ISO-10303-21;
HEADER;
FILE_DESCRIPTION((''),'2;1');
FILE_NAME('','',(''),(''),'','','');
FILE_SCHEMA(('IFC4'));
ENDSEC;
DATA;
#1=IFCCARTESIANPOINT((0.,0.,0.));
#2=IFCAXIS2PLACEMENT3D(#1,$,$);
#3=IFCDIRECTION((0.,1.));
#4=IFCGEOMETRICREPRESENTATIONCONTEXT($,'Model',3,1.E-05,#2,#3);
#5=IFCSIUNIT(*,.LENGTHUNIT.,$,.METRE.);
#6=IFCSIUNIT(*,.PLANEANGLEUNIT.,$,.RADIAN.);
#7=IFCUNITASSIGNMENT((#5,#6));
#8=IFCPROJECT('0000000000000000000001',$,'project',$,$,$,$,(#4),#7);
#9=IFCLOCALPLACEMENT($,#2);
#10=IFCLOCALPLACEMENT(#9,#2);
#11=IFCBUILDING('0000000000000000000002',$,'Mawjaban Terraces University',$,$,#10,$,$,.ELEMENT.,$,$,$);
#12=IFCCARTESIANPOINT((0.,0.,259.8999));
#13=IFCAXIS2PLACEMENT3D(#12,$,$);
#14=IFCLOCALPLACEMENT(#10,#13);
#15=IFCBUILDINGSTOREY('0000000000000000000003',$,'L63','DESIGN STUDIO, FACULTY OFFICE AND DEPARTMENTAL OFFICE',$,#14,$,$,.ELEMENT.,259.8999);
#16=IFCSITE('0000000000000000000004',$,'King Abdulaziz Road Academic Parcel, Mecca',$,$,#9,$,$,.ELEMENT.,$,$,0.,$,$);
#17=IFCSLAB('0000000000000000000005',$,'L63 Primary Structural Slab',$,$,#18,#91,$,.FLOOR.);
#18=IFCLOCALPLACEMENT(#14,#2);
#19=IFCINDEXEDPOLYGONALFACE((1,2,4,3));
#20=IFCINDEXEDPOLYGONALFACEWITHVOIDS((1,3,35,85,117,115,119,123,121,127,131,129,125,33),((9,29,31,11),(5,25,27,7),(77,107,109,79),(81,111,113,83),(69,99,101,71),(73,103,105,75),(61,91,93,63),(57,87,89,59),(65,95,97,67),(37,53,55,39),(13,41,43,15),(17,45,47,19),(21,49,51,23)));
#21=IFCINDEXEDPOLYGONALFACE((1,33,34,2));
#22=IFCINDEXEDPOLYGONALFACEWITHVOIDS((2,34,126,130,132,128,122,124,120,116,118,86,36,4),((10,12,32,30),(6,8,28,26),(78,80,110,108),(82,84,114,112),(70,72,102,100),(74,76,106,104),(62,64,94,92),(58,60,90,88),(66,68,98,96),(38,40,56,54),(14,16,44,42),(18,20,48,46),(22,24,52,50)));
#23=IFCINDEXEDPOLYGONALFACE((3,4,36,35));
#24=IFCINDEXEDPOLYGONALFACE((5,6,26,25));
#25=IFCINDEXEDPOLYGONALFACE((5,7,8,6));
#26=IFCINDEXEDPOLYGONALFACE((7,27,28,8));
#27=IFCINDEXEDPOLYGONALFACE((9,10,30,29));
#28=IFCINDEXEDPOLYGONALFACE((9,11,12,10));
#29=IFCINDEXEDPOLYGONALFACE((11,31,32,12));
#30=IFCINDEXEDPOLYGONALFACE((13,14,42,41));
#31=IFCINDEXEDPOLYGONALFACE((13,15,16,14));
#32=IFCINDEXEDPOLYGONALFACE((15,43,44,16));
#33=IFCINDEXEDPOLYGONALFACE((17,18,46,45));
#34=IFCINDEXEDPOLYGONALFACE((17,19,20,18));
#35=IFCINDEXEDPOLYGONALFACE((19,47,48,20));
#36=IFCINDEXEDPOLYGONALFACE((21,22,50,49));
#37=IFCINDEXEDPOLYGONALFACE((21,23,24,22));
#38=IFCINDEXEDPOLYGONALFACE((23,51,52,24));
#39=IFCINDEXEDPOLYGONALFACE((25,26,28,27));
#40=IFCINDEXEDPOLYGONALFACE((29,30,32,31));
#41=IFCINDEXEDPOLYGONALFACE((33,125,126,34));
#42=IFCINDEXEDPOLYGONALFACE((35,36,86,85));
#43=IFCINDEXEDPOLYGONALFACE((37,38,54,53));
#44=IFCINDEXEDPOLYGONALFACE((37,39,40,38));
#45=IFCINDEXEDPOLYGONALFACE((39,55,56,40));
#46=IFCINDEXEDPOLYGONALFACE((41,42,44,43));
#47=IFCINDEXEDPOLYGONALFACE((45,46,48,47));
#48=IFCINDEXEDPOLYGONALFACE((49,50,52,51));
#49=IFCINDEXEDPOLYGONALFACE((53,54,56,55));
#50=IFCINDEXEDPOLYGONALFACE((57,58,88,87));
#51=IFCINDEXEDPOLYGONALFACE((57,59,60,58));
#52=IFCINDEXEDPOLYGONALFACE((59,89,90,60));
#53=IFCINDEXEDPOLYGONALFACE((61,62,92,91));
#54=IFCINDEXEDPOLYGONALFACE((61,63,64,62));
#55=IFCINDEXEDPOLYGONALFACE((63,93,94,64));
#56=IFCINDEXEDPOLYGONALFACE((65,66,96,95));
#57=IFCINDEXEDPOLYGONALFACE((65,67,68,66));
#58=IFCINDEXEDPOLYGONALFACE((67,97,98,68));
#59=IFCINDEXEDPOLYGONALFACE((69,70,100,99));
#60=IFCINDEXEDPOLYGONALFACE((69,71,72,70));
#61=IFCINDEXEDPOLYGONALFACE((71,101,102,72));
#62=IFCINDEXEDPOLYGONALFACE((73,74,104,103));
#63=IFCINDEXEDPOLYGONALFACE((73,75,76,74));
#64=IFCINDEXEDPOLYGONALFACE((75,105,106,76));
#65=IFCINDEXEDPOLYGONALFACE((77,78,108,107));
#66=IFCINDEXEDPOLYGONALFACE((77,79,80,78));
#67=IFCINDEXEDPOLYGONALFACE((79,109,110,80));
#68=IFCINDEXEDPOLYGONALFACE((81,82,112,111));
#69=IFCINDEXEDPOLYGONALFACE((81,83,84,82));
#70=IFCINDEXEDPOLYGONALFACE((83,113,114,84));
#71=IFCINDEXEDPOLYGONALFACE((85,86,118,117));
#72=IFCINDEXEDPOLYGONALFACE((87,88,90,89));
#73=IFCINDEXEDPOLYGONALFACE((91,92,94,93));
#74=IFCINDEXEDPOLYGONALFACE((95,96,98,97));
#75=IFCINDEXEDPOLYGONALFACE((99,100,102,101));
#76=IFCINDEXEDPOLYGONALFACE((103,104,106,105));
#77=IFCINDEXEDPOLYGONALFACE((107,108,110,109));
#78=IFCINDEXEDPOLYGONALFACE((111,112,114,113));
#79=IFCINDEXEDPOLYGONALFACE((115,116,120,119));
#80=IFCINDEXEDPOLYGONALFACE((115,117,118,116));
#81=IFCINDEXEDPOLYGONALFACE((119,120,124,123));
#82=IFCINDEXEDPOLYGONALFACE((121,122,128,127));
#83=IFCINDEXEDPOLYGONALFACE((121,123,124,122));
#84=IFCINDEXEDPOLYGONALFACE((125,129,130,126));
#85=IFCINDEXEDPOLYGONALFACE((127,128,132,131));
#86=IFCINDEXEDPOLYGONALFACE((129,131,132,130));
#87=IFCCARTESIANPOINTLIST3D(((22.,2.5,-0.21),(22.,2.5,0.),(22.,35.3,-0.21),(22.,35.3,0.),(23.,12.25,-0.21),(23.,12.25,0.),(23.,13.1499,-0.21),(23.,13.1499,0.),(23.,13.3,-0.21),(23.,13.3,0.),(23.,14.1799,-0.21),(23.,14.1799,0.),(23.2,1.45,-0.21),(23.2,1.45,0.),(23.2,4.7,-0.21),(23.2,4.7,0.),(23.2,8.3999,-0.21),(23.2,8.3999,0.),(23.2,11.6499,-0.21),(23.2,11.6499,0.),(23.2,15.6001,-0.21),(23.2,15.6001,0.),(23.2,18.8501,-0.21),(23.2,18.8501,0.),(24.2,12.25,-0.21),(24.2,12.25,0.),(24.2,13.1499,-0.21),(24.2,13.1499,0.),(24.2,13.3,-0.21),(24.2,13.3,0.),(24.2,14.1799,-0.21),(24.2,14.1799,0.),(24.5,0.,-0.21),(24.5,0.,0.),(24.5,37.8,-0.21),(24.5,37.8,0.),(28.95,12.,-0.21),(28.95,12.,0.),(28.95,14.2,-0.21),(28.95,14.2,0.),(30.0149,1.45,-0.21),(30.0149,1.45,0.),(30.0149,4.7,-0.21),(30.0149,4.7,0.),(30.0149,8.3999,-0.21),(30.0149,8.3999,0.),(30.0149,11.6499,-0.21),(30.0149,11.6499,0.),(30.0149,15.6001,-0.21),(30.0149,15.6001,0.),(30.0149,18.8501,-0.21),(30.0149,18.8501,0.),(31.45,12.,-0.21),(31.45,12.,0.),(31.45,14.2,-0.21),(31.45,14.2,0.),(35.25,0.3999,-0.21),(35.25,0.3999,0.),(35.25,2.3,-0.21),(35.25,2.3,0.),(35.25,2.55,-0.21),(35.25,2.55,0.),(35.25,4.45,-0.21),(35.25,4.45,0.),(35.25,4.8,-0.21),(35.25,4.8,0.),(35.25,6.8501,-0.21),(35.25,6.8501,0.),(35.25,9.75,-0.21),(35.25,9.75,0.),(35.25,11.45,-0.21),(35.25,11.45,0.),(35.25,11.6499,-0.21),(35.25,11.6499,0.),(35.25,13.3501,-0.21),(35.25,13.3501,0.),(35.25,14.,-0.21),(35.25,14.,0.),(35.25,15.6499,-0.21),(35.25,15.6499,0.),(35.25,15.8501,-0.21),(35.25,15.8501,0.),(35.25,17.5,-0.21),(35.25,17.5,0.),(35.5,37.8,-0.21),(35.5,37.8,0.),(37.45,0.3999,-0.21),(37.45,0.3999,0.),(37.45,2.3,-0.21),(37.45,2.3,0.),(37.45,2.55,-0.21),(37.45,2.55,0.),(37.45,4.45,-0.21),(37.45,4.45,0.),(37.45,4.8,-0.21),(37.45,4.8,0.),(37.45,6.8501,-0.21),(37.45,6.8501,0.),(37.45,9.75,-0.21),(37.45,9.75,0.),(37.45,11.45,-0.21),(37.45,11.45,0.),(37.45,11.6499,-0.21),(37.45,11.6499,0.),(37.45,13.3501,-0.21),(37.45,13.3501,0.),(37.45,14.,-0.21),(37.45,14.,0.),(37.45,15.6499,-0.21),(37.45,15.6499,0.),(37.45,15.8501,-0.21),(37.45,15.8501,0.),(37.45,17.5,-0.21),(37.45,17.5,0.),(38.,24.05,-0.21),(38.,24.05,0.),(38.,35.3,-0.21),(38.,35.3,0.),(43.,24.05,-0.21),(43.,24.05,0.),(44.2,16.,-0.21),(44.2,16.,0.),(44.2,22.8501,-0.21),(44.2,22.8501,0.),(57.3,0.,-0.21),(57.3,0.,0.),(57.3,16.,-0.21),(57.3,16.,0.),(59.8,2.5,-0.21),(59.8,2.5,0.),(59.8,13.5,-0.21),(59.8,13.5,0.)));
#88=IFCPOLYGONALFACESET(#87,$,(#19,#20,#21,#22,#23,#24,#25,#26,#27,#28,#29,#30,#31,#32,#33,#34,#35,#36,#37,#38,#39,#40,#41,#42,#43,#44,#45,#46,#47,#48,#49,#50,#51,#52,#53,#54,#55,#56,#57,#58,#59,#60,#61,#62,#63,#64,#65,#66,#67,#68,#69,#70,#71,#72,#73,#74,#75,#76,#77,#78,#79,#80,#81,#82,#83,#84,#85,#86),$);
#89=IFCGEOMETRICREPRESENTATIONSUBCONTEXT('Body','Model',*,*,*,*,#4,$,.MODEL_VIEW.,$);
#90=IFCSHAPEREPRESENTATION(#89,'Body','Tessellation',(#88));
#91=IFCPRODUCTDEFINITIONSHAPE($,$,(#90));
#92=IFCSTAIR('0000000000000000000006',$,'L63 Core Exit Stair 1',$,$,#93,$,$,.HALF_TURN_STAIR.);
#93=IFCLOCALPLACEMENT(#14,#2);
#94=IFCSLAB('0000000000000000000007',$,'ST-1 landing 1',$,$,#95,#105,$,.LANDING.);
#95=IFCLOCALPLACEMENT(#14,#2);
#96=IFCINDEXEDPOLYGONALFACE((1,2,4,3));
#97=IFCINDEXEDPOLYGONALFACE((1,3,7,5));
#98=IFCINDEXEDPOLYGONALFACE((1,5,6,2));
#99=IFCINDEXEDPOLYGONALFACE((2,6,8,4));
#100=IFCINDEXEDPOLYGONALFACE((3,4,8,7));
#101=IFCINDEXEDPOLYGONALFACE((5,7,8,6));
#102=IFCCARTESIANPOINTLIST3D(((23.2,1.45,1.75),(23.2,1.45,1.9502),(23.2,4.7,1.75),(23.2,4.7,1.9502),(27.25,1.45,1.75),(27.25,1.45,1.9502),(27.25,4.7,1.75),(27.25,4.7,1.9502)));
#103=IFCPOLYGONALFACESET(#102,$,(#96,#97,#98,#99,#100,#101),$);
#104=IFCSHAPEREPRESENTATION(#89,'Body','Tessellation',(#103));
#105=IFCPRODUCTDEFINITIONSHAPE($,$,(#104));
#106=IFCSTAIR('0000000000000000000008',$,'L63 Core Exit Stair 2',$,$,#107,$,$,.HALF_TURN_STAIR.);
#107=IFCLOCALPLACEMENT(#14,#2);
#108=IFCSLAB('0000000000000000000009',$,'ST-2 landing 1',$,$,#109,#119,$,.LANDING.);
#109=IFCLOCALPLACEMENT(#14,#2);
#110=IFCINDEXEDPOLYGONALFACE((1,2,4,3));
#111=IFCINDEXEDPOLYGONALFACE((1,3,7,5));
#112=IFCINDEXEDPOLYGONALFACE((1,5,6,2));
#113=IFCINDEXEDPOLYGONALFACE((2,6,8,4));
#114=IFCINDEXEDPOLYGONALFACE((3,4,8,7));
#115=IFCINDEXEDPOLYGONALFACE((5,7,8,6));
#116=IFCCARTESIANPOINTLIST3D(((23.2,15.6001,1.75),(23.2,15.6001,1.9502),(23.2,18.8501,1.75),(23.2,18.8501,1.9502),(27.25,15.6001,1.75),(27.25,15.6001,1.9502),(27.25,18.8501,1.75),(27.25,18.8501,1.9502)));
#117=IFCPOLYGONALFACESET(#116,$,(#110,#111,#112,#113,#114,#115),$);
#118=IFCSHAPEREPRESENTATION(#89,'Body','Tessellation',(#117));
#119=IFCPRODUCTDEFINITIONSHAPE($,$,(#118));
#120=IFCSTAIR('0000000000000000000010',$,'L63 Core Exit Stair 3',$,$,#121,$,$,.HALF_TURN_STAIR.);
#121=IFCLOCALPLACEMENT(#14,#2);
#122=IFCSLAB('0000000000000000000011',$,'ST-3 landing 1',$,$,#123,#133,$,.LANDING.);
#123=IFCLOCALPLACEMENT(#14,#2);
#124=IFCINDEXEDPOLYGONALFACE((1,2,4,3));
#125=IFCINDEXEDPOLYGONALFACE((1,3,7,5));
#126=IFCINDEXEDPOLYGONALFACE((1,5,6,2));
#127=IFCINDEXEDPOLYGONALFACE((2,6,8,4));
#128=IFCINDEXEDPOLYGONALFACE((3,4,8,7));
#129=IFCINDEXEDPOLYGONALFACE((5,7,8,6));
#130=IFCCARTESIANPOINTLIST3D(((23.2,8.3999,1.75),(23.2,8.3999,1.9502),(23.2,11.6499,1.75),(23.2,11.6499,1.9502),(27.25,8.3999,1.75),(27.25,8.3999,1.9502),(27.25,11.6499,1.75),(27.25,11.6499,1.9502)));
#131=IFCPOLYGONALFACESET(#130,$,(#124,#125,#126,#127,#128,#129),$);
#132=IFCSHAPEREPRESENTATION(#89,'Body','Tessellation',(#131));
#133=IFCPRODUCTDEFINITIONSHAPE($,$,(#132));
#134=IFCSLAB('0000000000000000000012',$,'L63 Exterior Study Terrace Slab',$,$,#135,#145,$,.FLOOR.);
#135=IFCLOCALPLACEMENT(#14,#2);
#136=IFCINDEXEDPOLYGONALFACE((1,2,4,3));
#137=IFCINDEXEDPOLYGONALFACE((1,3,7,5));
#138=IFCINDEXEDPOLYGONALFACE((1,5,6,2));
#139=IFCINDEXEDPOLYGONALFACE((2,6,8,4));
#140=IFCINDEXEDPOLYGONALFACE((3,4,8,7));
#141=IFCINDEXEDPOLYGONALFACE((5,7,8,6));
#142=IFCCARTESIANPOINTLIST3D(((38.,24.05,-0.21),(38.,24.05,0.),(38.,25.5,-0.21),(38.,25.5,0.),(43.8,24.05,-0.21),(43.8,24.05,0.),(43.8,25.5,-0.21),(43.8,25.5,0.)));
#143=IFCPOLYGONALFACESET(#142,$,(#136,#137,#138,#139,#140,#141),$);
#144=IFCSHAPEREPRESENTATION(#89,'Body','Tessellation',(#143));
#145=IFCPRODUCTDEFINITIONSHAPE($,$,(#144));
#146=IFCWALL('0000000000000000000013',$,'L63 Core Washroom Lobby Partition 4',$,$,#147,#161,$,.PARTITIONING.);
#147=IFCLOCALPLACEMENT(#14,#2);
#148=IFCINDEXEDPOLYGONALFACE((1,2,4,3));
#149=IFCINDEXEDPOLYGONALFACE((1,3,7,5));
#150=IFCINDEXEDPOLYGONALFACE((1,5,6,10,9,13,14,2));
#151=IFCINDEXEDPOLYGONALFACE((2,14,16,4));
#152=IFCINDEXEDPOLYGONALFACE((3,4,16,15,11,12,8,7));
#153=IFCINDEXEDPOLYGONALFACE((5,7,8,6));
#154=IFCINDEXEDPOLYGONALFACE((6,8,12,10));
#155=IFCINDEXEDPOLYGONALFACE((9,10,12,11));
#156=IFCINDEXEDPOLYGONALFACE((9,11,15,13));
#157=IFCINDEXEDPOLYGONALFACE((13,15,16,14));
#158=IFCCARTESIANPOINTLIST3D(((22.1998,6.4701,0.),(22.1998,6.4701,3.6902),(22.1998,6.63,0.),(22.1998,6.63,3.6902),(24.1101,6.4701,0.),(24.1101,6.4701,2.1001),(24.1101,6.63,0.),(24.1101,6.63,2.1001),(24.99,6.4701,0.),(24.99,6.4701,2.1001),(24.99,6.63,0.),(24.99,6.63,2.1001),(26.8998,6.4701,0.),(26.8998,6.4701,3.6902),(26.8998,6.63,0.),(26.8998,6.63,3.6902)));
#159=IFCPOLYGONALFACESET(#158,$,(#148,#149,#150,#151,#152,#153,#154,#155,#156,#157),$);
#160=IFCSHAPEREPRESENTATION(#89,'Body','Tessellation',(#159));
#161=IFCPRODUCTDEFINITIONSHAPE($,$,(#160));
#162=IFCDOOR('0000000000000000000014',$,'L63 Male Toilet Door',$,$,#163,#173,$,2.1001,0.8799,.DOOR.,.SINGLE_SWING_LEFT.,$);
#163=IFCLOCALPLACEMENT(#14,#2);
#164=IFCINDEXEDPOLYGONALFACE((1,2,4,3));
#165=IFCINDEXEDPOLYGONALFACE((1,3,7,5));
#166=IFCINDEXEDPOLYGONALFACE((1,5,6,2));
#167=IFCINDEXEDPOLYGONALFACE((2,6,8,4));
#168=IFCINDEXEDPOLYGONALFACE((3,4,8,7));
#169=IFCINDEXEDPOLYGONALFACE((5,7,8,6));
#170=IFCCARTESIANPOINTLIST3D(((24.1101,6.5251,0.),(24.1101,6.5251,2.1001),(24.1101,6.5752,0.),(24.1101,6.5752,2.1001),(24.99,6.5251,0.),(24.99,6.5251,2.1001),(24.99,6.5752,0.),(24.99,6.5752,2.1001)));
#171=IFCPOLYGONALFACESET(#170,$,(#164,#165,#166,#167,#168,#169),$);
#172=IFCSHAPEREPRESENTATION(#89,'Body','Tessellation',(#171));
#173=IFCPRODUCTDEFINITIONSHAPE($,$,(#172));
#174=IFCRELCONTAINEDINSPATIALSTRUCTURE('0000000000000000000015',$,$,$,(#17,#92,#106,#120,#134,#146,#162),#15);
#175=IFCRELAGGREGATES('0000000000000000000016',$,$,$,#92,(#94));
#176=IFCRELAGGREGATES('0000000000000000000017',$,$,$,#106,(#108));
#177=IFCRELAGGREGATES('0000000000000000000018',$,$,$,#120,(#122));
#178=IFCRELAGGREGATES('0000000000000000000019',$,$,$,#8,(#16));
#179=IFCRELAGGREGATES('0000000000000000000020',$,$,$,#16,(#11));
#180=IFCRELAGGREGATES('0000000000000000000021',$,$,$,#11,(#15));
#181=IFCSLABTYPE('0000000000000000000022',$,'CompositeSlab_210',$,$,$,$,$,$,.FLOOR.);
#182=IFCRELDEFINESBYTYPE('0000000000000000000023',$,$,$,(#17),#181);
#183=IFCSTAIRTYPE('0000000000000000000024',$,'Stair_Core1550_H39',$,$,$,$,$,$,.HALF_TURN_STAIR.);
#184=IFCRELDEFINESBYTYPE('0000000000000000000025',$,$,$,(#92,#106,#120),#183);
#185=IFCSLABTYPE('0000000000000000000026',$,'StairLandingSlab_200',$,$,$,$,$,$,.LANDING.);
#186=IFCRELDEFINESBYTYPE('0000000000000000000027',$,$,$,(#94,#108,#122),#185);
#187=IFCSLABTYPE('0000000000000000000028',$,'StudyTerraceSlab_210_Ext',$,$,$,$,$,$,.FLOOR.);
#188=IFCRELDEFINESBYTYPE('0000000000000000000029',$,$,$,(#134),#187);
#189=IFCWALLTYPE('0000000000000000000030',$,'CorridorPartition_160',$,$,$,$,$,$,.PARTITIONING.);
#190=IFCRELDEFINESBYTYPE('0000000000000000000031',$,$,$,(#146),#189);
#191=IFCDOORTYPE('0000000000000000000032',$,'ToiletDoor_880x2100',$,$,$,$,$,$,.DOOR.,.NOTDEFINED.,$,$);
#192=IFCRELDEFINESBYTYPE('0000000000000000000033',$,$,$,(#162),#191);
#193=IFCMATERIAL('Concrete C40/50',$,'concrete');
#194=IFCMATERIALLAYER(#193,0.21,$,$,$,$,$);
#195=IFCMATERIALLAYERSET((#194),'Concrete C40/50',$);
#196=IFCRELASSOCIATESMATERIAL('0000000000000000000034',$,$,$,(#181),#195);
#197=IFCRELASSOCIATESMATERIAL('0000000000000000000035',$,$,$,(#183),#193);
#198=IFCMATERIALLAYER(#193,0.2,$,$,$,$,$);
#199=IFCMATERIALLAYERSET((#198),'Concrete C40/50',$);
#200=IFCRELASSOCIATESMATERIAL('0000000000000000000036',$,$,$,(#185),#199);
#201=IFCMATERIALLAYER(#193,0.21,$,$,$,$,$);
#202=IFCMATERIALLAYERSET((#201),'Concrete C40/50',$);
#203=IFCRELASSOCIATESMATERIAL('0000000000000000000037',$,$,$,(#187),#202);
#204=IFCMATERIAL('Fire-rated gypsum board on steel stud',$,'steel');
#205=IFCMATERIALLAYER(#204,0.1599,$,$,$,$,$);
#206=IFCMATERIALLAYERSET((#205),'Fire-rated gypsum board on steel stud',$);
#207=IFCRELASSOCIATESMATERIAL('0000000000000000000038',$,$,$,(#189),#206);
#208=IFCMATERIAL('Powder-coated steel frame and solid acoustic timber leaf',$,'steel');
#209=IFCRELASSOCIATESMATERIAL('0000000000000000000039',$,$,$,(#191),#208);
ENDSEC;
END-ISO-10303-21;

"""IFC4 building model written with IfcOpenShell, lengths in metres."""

from ifc_helpers import new_model, si_unit, direction, frame, frame_2d, origin, place, context, subcontext, project, spatial, polyline, rectangle, outline, extrude, material, layer, layer_set, type_object, element, fill, aggregate, save


model = new_model("IFC4")

# Units and contexts
model_context = context("Model", 3, precision=1e-05, world=origin(), true_north=direction((0.0, 1.0)))
body_context = subcontext(model_context, "Body", "Model", "MODEL_VIEW")
ifc_project = project(units=[si_unit("LENGTHUNIT", "METRE"), si_unit("PLANEANGLEUNIT", "RADIAN")], contexts=[model_context])

# Site, building, storey
site_placement = place(None, origin())
site = spatial("IfcSite", under=ifc_project, at=site_placement, Name="King Abdulaziz Road Academic Parcel, Mecca", CompositionType="ELEMENT", RefElevation=0.0)
building_placement = place(site_placement, origin())
building = spatial("IfcBuilding", under=site, at=building_placement, Name="Mawjaban Terraces University", CompositionType="ELEMENT")
storey_placement = place(building_placement, frame((0.0, 0.0, 259.8999)))
storey = spatial("IfcBuildingStorey", under=building, at=storey_placement, Name="L63", Description="DESIGN STUDIO, FACULTY OFFICE AND DEPARTMENTAL OFFICE", CompositionType="ELEMENT", Elevation=259.8999)

# Slab
ifc_material_1 = material(Name="Concrete C40/50", Category="concrete")
ifc_layer_1 = layer(ifc_material_1, 0.21)
ifc_layer_set_1 = layer_set([ifc_layer_1], Name="Concrete C40/50")
slab_type_1 = type_object("IfcSlabType", Name="CompositeSlab_210", PredefinedType="FLOOR", material=ifc_layer_set_1)
slab_1_placement = place(storey_placement, frame((0.0, 0.0, -0.21)))
element("IfcSlab", 1, at=slab_1_placement, inside=storey, type_object=slab_type_1, Name="L63 Primary Structural Slab", PredefinedType="FLOOR", context=body_context, shape_type="SweptSolid", body=[
    extrude(outline(polyline([(24.5, 0.0), (57.3, 0.0), (59.8, 2.5), (59.8, 13.5), (57.3, 16.0), (44.2, 16.0), (44.2, 22.8501), (43.0, 24.05), (38.0, 24.05), (38.0, 35.3), (35.5, 37.8), (24.5, 37.8), (22.0, 35.3), (22.0, 2.5), (24.5, 0.0)]), holes=[polyline([(30.0149, 4.7), (23.2, 4.7), (23.2, 1.45), (30.0149, 1.45), (30.0149, 4.7)]), polyline([(30.0149, 18.8501), (23.2, 18.8501), (23.2, 15.6001), (30.0149, 15.6001), (30.0149, 18.8501)]), polyline([(30.0149, 11.6499), (23.2, 11.6499), (23.2, 8.3999), (30.0149, 8.3999), (30.0149, 11.6499)]), polyline([(35.25, 0.3999), (37.45, 0.3999), (37.45, 2.3), (35.25, 2.3), (35.25, 0.3999)]), polyline([(35.25, 2.55), (37.45, 2.55), (37.45, 4.45), (35.25, 4.45), (35.25, 2.55)]), polyline([(35.25, 4.8), (37.45, 4.8), (37.45, 6.8501), (35.25, 6.8501), (35.25, 4.8)]), polyline([(35.25, 9.75), (37.45, 9.75), (37.45, 11.45), (35.25, 11.45), (35.25, 9.75)]), polyline([(35.25, 11.6499), (37.45, 11.6499), (37.45, 13.3501), (35.25, 13.3501), (35.25, 11.6499)]), polyline([(28.95, 12.0), (31.45, 12.0), (31.45, 14.2), (28.95, 14.2), (28.95, 12.0)]), polyline([(35.25, 14.0), (37.45, 14.0), (37.45, 15.6499), (35.25, 15.6499), (35.25, 14.0)]), polyline([(35.25, 15.8501), (37.45, 15.8501), (37.45, 17.5), (35.25, 17.5), (35.25, 15.8501)]), polyline([(23.0, 12.25), (24.2, 12.25), (24.2, 13.1499), (23.0, 13.1499), (23.0, 12.25)]), polyline([(23.0, 13.3), (24.2, 13.3), (24.2, 14.1799), (23.0, 14.1799), (23.0, 13.3)])]), origin(), (0.0, 0.0, 1.0), 0.21),
])

# Stairs, slabs
stair_type = type_object("IfcStairType", Name="Stair_Core1550_H39", PredefinedType="HALF_TURN_STAIR", material=ifc_material_1)
stair_1_placement = place(storey_placement, origin())
stair_1 = element("IfcStair", 2, at=stair_1_placement, inside=storey, type_object=stair_type, Name="L63 Core Exit Stair 1", PredefinedType="HALF_TURN_STAIR")
ifc_layer_2 = layer(ifc_material_1, 0.2)
ifc_layer_set_2 = layer_set([ifc_layer_2], Name="Concrete C40/50")
slab_type_2 = type_object("IfcSlabType", Name="StairLandingSlab_200", PredefinedType="LANDING", material=ifc_layer_set_2)
slab_2_placement = place(storey_placement, frame((0.0, 0.0, 1.75)))
slab_2 = element("IfcSlab", 3, at=slab_2_placement, type_object=slab_type_2, Name="ST-1 landing 1", PredefinedType="LANDING", context=body_context, shape_type="SweptSolid", body=[
    extrude(outline(polyline([(27.25, 4.7), (23.2, 4.7), (23.2, 1.45), (27.25, 1.45), (27.25, 4.7)])), origin(), (0.0, 0.0, 1.0), 0.2002),
])
aggregate(stair_1, [slab_2])
stair_2_placement = place(storey_placement, origin())
stair_2 = element("IfcStair", 4, at=stair_2_placement, inside=storey, type_object=stair_type, Name="L63 Core Exit Stair 2", PredefinedType="HALF_TURN_STAIR")
slab_3_placement = place(storey_placement, frame((0.0, 0.0, 1.75)))
slab_3 = element("IfcSlab", 5, at=slab_3_placement, type_object=slab_type_2, Name="ST-2 landing 1", PredefinedType="LANDING", context=body_context, shape_type="SweptSolid", body=[
    extrude(outline(polyline([(27.25, 18.8501), (23.2, 18.8501), (23.2, 15.6001), (27.25, 15.6001), (27.25, 18.8501)])), origin(), (0.0, 0.0, 1.0), 0.2002),
])
aggregate(stair_2, [slab_3])
stair_3_placement = place(storey_placement, origin())
stair_3 = element("IfcStair", 6, at=stair_3_placement, inside=storey, type_object=stair_type, Name="L63 Core Exit Stair 3", PredefinedType="HALF_TURN_STAIR")
slab_4_placement = place(storey_placement, frame((0.0, 0.0, 1.75)))
slab_4 = element("IfcSlab", 7, at=slab_4_placement, type_object=slab_type_2, Name="ST-3 landing 1", PredefinedType="LANDING", context=body_context, shape_type="SweptSolid", body=[
    extrude(outline(polyline([(27.25, 11.6499), (23.2, 11.6499), (23.2, 8.3999), (27.25, 8.3999), (27.25, 11.6499)])), origin(), (0.0, 0.0, 1.0), 0.2002),
])
aggregate(stair_3, [slab_4])

# Slab
ifc_layer_3 = layer(ifc_material_1, 0.21)
ifc_layer_set_3 = layer_set([ifc_layer_3], Name="Concrete C40/50")
slab_type_3 = type_object("IfcSlabType", Name="StudyTerraceSlab_210_Ext", PredefinedType="FLOOR", material=ifc_layer_set_3)
slab_5_placement = place(storey_placement, frame((0.0, 0.0, -0.21)))
element("IfcSlab", 8, at=slab_5_placement, inside=storey, type_object=slab_type_3, Name="L63 Exterior Study Terrace Slab", PredefinedType="FLOOR", context=body_context, shape_type="SweptSolid", body=[
    extrude(outline(polyline([(38.0, 24.05), (43.8, 24.05), (43.8, 25.5), (38.0, 25.5), (38.0, 24.05)])), origin(), (0.0, 0.0, 1.0), 0.21),
])

# Wall, opening, door
ifc_material_2 = material(Name="Fire-rated gypsum board on steel stud", Category="steel")
ifc_layer_4 = layer(ifc_material_2, 0.1599)
ifc_layer_set_4 = layer_set([ifc_layer_4], Name="Fire-rated gypsum board on steel stud")
wall_type_1 = type_object("IfcWallType", Name="CorridorPartition_160", PredefinedType="PARTITIONING", material=ifc_layer_set_4)
wall_1_placement = place(storey_placement, frame((26.8999, 6.55, 0.0), z_axis=(0.0, 0.0, 1.0), x_axis=(-1.0, 0.0, 0.0)))
wall_1 = element("IfcWall", 9, at=wall_1_placement, inside=storey, type_object=wall_type_1, Name="L63 Core Washroom Lobby Partition 4", PredefinedType="PARTITIONING", context=body_context, shape_type="SweptSolid", body=[
    extrude(rectangle(XDim=4.7, YDim=0.1599, at=frame_2d((2.3501, 0.0))), origin(), (0.0, 0.0, 1.0), 3.6902),
])
opening_1_placement = place(wall_1_placement, frame((1.9099, 0.0, 0.0)))
opening_1 = element("IfcOpeningElement", 10, at=opening_1_placement, cuts=wall_1, PredefinedType="OPENING", context=body_context, shape_type="SweptSolid", body=[
    extrude(rectangle(XDim=0.8799, YDim=2.1001, at=frame_2d((0.4399, 1.05))), frame((0.0, 0.0898, 0.0), z_axis=(0.0, -1.0, 0.0), x_axis=(1.0, 0.0, 0.0)), (0.0, 0.0, 1.0), 0.1799),
])
ifc_material_3 = material(Name="Powder-coated steel frame and solid acoustic timber leaf", Category="steel")
door_type = type_object("IfcDoorType", Name="ToiletDoor_880x2100", OperationType="NOTDEFINED", PredefinedType="DOOR", material=ifc_material_3)
door_placement = place(opening_1_placement, origin())
door = element("IfcDoor", 11, at=door_placement, inside=storey, type_object=door_type, Name="L63 Male Toilet Door", OperationType="SINGLE_SWING_LEFT", OverallHeight=2.1001, OverallWidth=0.8799, PredefinedType="DOOR", context=body_context, shape_type="SweptSolid", body=[
    extrude(rectangle(XDim=0.8799, YDim=2.1001, at=frame_2d((0.4399, 1.05))), frame((0.0, 0.0249, 0.0), z_axis=(0.0, -1.0, 0.0), x_axis=(1.0, 0.0, 0.0)), (0.0, 0.0, 1.0), 0.05),
])
fill(opening_1, door)

save(model, "model.ifc")
